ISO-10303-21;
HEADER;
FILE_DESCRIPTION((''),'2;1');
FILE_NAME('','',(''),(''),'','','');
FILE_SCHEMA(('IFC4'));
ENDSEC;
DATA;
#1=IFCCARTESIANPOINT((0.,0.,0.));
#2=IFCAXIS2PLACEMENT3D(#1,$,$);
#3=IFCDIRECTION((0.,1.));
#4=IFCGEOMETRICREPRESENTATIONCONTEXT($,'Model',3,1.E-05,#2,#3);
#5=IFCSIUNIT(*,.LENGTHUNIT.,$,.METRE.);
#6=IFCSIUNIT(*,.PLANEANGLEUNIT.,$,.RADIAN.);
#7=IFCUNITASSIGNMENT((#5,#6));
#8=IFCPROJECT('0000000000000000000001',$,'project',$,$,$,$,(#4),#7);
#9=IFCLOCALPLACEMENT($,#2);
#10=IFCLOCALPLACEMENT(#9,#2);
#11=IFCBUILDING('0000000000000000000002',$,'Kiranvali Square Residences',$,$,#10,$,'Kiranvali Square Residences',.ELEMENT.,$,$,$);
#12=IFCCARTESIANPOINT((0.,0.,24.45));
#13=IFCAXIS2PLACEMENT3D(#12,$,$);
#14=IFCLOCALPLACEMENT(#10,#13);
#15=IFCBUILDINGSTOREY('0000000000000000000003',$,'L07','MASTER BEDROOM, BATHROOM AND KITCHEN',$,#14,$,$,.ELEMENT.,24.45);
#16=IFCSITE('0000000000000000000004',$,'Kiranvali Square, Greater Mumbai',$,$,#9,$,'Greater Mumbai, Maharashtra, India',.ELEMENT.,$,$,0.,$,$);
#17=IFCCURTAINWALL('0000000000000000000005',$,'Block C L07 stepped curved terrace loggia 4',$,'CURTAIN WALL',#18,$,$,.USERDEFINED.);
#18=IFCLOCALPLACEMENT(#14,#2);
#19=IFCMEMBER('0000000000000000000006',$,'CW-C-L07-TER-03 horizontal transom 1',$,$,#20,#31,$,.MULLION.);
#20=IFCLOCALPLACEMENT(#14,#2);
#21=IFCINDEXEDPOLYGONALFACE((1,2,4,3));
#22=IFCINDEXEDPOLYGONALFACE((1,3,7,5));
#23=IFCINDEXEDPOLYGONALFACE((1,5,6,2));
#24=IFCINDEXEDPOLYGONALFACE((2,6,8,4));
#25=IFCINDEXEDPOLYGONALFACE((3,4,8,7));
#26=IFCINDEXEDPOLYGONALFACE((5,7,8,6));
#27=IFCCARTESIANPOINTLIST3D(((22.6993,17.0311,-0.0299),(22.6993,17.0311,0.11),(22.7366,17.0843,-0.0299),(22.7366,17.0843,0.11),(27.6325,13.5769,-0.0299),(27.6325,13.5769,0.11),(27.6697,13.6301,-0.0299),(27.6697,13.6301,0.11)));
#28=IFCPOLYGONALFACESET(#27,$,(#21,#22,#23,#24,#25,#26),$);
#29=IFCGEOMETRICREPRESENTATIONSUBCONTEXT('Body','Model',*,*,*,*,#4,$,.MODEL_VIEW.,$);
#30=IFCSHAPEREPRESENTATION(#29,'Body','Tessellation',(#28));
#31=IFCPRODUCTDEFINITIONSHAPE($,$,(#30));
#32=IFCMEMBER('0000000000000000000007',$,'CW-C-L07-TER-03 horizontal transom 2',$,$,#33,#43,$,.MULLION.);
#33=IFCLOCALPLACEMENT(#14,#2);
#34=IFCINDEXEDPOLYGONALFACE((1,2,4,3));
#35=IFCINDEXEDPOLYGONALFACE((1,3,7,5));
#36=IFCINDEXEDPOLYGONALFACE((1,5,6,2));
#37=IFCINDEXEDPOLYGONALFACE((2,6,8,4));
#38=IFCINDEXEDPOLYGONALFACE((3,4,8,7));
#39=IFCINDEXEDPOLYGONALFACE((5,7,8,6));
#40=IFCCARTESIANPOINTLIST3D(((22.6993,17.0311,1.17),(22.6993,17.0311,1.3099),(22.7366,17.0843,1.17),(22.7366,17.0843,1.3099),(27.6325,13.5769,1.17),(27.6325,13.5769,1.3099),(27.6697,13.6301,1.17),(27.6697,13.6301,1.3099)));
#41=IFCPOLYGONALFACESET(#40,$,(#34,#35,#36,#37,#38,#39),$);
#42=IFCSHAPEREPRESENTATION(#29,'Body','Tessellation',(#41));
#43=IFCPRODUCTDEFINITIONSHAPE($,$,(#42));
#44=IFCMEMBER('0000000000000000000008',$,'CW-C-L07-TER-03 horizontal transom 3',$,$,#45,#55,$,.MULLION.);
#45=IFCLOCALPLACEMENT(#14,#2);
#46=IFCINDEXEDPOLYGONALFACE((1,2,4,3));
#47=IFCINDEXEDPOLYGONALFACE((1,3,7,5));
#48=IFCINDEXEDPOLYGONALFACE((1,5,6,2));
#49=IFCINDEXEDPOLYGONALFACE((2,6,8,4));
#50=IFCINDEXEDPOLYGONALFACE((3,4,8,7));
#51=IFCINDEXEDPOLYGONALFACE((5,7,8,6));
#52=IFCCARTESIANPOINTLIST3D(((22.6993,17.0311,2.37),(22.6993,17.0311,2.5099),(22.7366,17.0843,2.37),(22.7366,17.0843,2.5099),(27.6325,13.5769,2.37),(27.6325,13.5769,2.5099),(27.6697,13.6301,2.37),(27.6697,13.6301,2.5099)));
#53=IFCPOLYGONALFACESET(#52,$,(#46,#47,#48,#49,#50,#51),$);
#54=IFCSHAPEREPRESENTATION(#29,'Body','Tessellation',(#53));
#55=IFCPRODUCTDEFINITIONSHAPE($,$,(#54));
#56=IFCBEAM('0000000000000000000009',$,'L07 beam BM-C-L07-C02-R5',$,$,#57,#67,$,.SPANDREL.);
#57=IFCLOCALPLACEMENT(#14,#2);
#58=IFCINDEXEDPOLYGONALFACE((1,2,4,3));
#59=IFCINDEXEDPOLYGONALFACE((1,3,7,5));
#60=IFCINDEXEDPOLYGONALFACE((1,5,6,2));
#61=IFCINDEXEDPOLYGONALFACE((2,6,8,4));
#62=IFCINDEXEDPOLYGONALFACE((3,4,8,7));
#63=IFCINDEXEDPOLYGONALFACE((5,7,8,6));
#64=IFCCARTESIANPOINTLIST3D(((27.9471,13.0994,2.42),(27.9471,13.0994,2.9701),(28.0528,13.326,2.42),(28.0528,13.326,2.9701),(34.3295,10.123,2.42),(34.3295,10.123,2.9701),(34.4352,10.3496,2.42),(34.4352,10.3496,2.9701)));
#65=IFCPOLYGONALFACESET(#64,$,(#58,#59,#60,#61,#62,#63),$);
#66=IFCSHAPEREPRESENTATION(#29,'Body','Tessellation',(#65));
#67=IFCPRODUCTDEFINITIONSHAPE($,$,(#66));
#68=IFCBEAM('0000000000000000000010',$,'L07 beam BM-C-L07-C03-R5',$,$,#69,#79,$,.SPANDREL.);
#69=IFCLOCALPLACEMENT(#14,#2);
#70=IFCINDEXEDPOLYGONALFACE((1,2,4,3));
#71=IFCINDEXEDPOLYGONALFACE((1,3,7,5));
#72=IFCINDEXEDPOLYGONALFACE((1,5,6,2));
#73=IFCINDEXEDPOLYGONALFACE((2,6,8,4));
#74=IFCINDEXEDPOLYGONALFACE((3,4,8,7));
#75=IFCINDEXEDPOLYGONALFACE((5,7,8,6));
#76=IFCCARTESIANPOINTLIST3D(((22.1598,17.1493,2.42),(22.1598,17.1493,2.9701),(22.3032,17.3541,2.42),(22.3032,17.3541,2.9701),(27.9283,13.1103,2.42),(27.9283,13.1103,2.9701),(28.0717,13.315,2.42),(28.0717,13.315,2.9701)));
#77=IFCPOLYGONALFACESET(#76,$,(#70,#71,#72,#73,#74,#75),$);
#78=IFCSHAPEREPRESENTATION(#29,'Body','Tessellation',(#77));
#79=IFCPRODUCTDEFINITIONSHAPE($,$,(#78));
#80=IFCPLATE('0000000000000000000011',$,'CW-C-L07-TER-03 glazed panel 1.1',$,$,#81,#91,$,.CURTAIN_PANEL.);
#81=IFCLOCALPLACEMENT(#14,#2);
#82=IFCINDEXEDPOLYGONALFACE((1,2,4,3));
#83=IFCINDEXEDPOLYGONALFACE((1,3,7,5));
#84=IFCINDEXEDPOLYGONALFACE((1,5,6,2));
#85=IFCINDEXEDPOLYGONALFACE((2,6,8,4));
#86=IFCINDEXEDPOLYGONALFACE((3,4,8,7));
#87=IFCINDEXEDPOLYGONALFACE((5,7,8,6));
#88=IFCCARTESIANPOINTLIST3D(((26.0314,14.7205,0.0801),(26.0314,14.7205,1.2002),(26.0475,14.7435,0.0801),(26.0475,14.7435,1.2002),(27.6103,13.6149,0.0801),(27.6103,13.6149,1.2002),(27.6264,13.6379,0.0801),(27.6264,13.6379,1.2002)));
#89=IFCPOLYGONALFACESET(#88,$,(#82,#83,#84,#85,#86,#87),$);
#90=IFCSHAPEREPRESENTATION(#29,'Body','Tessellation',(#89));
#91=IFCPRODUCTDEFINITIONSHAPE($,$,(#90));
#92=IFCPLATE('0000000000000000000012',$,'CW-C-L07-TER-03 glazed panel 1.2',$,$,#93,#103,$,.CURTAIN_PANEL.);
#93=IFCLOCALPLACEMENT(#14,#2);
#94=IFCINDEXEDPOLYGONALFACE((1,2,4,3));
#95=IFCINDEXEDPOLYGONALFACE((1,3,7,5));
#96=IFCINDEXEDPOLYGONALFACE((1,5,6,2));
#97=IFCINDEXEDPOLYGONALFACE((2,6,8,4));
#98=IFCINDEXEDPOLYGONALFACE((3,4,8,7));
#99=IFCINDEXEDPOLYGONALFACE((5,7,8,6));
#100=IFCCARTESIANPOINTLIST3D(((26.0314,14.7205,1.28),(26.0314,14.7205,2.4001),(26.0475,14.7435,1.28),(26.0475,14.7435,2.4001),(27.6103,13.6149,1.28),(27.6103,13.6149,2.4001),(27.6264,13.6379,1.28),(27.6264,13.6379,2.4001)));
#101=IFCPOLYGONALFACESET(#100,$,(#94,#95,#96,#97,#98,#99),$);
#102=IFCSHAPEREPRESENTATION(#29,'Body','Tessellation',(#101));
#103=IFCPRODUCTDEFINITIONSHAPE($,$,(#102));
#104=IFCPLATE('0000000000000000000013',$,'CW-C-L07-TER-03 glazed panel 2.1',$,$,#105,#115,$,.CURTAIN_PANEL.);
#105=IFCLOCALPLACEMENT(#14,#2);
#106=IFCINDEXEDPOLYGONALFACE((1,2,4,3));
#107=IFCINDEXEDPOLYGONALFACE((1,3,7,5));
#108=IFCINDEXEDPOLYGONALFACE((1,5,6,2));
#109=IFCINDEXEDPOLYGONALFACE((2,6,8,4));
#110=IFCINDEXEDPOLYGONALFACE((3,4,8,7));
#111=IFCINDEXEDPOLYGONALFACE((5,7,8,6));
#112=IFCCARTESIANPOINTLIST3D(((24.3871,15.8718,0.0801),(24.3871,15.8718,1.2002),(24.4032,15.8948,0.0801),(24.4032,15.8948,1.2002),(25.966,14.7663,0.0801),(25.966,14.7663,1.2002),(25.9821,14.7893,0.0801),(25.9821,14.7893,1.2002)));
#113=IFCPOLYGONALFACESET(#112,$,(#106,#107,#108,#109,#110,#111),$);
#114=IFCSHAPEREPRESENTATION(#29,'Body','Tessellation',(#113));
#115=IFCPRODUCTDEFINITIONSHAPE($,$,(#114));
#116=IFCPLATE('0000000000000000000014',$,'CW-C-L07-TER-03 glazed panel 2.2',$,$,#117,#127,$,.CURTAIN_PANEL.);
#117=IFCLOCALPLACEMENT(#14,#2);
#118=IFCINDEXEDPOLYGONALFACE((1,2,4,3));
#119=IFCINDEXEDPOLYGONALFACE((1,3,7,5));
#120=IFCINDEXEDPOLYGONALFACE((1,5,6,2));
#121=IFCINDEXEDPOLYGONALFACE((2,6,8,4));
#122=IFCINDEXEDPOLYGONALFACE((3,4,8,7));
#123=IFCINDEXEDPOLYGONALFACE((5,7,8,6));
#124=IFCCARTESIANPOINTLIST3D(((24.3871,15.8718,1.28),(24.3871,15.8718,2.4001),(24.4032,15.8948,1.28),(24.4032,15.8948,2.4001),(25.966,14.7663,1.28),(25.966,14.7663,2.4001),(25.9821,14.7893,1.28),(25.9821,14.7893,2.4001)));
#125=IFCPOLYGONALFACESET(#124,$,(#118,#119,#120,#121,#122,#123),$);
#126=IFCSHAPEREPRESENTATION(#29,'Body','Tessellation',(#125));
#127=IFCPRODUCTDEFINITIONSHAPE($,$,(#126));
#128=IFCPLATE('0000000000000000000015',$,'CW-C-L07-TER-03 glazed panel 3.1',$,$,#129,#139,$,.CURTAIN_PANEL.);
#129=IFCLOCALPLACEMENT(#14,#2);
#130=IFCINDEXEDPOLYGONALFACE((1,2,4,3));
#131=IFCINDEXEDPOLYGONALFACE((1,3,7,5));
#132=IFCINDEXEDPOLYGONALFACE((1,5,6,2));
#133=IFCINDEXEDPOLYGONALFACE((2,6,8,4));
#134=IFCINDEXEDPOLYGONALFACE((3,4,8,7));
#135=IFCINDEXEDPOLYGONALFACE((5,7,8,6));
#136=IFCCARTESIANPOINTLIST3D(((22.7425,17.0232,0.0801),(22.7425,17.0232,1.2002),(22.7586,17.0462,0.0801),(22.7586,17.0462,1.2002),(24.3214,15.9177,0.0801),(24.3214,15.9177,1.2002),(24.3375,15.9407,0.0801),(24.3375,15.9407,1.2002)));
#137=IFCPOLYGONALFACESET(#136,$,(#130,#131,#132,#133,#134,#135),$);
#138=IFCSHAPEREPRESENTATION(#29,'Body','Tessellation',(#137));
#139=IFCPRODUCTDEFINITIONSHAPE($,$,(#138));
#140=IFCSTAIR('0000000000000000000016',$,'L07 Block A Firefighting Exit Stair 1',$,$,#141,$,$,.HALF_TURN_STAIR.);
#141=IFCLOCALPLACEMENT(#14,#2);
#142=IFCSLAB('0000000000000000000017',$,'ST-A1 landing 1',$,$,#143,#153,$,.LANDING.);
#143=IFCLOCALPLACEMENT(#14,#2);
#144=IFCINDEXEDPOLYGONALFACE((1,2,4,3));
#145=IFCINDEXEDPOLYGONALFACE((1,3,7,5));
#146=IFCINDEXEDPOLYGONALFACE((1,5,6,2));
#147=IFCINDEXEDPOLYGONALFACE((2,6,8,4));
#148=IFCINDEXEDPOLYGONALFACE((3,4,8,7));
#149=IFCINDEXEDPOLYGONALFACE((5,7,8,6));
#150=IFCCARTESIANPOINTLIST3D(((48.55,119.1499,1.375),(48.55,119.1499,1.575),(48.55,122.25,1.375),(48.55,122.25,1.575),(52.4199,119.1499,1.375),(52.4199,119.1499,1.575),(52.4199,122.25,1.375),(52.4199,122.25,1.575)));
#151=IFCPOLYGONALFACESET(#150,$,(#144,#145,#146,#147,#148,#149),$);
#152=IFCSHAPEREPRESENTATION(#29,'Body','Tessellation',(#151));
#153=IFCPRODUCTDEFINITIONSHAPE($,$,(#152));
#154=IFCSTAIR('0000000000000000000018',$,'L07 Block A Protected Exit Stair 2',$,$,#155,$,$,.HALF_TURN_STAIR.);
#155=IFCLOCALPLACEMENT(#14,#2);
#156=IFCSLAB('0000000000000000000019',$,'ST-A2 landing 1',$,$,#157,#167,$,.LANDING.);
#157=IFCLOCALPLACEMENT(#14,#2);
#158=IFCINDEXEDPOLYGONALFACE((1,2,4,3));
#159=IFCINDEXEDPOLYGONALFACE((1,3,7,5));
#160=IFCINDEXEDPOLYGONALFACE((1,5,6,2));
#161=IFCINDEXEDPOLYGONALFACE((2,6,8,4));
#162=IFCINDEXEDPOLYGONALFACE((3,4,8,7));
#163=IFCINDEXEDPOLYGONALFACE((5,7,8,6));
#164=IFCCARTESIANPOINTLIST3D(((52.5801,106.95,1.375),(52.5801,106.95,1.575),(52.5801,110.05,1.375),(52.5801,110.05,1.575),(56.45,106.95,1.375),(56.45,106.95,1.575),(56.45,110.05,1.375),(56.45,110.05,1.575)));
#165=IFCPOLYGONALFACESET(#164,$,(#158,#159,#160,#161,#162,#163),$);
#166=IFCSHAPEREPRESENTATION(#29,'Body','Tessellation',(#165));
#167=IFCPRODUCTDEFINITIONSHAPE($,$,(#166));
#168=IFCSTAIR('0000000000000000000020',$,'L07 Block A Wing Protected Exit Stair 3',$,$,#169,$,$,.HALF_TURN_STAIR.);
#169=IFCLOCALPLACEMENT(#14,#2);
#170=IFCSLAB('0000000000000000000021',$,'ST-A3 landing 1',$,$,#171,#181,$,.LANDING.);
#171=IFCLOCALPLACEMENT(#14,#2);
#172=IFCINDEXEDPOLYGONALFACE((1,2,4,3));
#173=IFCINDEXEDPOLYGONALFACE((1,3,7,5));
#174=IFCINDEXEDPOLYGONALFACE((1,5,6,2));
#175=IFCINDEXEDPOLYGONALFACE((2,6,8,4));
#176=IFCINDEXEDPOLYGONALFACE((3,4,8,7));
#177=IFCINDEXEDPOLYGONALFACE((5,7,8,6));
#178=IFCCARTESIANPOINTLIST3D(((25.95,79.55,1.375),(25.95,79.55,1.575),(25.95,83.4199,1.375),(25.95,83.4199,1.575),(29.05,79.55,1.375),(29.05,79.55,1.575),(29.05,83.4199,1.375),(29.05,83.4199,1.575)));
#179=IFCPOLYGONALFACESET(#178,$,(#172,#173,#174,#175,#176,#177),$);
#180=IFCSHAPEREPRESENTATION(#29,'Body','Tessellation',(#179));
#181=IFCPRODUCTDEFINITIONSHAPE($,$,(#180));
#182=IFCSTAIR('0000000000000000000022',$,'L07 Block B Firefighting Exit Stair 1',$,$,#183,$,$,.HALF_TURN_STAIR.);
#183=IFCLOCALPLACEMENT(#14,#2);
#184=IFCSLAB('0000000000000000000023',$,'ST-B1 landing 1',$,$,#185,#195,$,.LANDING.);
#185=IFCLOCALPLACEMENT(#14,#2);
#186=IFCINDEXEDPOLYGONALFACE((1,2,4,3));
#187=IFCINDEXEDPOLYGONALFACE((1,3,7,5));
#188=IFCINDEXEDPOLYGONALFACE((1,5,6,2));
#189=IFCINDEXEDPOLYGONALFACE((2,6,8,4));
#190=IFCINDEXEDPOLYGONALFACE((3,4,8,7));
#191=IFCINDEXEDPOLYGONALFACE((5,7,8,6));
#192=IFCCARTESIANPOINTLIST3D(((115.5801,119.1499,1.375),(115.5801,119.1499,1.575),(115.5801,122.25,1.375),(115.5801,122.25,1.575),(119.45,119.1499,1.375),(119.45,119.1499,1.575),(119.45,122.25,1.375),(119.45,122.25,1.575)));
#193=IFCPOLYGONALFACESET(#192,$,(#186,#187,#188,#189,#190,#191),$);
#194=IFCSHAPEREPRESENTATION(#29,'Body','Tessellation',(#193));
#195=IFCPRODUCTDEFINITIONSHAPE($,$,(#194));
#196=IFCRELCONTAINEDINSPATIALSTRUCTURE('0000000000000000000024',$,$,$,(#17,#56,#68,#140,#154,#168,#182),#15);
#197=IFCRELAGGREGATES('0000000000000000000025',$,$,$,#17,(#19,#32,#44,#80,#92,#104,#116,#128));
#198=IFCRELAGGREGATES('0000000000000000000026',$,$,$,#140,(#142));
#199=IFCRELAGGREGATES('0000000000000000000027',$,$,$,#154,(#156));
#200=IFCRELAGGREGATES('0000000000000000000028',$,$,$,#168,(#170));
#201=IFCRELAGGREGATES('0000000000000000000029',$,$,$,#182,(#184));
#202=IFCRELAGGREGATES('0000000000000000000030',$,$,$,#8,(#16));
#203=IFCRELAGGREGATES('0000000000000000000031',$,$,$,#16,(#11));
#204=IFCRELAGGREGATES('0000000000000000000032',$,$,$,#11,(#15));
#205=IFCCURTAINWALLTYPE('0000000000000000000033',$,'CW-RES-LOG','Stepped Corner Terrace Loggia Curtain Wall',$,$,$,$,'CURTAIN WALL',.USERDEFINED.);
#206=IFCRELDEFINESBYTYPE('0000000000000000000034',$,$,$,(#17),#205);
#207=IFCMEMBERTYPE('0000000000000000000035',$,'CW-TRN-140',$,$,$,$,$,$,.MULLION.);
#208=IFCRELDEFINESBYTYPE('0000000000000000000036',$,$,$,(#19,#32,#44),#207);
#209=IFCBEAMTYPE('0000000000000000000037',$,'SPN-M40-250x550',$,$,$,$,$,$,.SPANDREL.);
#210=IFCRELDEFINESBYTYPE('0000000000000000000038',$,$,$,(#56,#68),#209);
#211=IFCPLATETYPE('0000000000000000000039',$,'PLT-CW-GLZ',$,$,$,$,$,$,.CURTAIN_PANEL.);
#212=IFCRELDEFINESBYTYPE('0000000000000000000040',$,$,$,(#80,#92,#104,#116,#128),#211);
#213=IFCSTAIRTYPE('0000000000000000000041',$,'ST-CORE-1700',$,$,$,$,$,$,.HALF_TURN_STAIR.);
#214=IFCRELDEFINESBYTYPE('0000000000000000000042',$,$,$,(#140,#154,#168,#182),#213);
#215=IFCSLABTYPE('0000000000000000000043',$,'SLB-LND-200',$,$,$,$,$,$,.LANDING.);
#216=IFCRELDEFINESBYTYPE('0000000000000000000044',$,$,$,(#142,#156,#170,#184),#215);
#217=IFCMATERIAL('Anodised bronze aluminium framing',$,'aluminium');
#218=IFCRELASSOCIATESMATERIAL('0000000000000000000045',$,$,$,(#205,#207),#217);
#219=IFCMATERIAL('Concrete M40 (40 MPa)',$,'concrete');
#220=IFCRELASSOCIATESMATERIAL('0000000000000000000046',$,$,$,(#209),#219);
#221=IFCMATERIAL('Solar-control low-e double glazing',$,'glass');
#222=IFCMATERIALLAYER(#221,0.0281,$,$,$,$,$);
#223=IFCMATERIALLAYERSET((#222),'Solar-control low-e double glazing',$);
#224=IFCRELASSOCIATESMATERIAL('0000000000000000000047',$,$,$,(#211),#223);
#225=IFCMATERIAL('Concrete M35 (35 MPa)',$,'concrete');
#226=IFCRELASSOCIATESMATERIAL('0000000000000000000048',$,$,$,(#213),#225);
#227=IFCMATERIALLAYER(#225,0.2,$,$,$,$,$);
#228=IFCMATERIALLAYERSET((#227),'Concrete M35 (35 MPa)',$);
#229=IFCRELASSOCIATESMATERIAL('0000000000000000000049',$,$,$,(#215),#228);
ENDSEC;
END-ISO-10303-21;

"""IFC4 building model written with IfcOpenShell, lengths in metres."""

from ifc_helpers import new_model, si_unit, direction, frame, origin, origin_2d, place, context, subcontext, project, spatial, polyline, rectangle, outline, extrude, material, layer, layer_set, material_profile, profile_set, type_object, element, aggregate, save


model = new_model("IFC4")

# Units and contexts
model_context = context("Model", 3, precision=1e-05, world=origin(), true_north=direction((0.0, 1.0)))
body_context = subcontext(model_context, "Body", "Model", "MODEL_VIEW")
ifc_project = project(units=[si_unit("LENGTHUNIT", "METRE"), si_unit("PLANEANGLEUNIT", "RADIAN")], contexts=[model_context])

# Site, building, storey
site_placement = place(None, origin())
site = spatial("IfcSite", under=ifc_project, at=site_placement, Name="Kiranvali Square, Greater Mumbai", LongName="Greater Mumbai, Maharashtra, India", CompositionType="ELEMENT", RefElevation=0.0)
building_placement = place(site_placement, origin())
building = spatial("IfcBuilding", under=site, at=building_placement, Name="Kiranvali Square Residences", LongName="Kiranvali Square Residences", CompositionType="ELEMENT")
storey_placement = place(building_placement, frame((0.0, 0.0, 24.45)))
storey = spatial("IfcBuildingStorey", under=building, at=storey_placement, Name="L07", Description="MASTER BEDROOM, BATHROOM AND KITCHEN", CompositionType="ELEMENT", Elevation=24.45)

# Shared definitions
ifc_material_1 = material(Name="Concrete M40 (40 MPa)", Category="concrete")

# Curtain wall, members
ifc_material_2 = material(Name="Anodised bronze aluminium framing", Category="aluminium")
curtain_wall_type = type_object("IfcCurtainWallType", Name="CW-RES-LOG", Description="Stepped Corner Terrace Loggia Curtain Wall", ElementType="CURTAIN WALL", PredefinedType="USERDEFINED", material=ifc_material_2)
curtain_wall_placement = place(storey_placement, origin())
curtain_wall = element("IfcCurtainWall", 1, at=curtain_wall_placement, inside=storey, type_object=curtain_wall_type, Name="Block C L07 stepped curved terrace loggia 4", ObjectType="CURTAIN WALL", PredefinedType="USERDEFINED")
ifc_material_profile_1 = material_profile(ifc_material_2, rectangle(XDim=0.0649, YDim=0.1399, at=origin_2d()), Name="ALU 65x140")
ifc_profile_set_1 = profile_set([ifc_material_profile_1], Name="Anodised bronze aluminium framing")
member_type_1 = type_object("IfcMemberType", Name="CW-TRN-140", PredefinedType="MULLION", material=ifc_profile_set_1)
member_1_placement = place(storey_placement, frame((27.6511, 13.6035, 0.04), z_axis=(-0.81916, 0.573566, 0.0), x_axis=(-0.573566, -0.81916, 0.0)))
member_1 = element("IfcMember", 2, at=member_1_placement, type_object=member_type_1, Name="CW-C-L07-TER-03 horizontal transom 1", PredefinedType="MULLION", context=body_context, shape_type="SweptSolid", body=[
    extrude(rectangle(XDim=0.0649, YDim=0.1399, at=origin_2d()), origin(), (0.0, 0.0, 1.0), 6.0222),
])
member_2_placement = place(storey_placement, frame((27.6511, 13.6035, 1.24), z_axis=(-0.81916, 0.573566, 0.0), x_axis=(-0.573566, -0.81916, 0.0)))
member_2 = element("IfcMember", 3, at=member_2_placement, type_object=member_type_1, Name="CW-C-L07-TER-03 horizontal transom 2", PredefinedType="MULLION", context=body_context, shape_type="SweptSolid", body=[
    extrude(rectangle(XDim=0.0649, YDim=0.1399, at=origin_2d()), origin(), (0.0, 0.0, 1.0), 6.0222),
])
member_3_placement = place(storey_placement, frame((27.6511, 13.6035, 2.4399), z_axis=(-0.81916, 0.573566, 0.0), x_axis=(-0.573566, -0.81916, 0.0)))
member_3 = element("IfcMember", 4, at=member_3_placement, type_object=member_type_1, Name="CW-C-L07-TER-03 horizontal transom 3", PredefinedType="MULLION", context=body_context, shape_type="SweptSolid", body=[
    extrude(rectangle(XDim=0.0649, YDim=0.1399, at=origin_2d()), origin(), (0.0, 0.0, 1.0), 6.0222),
])

# Beams
ifc_material_profile_2 = material_profile(ifc_material_1, rectangle(XDim=0.25, YDim=0.55, at=origin_2d()), Name="RC 250x550")
ifc_profile_set_2 = profile_set([ifc_material_profile_2], Name="Concrete M40 (40 MPa)")
beam_type_1 = type_object("IfcBeamType", Name="SPN-M40-250x550", PredefinedType="SPANDREL", material=ifc_profile_set_2)
beam_1_placement = place(storey_placement, frame((34.3823, 10.2363, 2.6951), z_axis=(-0.906297, 0.422641, 0.0), x_axis=(-0.422641, -0.906297, 0.0)))
element("IfcBeam", 5, at=beam_1_placement, inside=storey, type_object=beam_type_1, Name="L07 beam BM-C-L07-C02-R5", PredefinedType="SPANDREL", context=body_context, shape_type="SweptSolid", body=[
    extrude(rectangle(XDim=0.25, YDim=0.55, at=origin_2d()), origin(), (0.0, 0.0, 1.0), 7.0422),
])
beam_2_placement = place(storey_placement, frame((28.0, 13.2126, 2.6951), z_axis=(-0.81916, 0.573565, 0.0), x_axis=(-0.573565, -0.81916, 0.0)))
element("IfcBeam", 6, at=beam_2_placement, inside=storey, type_object=beam_type_1, Name="L07 beam BM-C-L07-C03-R5", PredefinedType="SPANDREL", context=body_context, shape_type="SweptSolid", body=[
    extrude(rectangle(XDim=0.25, YDim=0.55, at=origin_2d()), origin(), (0.0, 0.0, 1.0), 7.042),
])

# Plates
ifc_material_3 = material(Name="Solar-control low-e double glazing", Category="glass")
ifc_layer_1 = layer(ifc_material_3, 0.0281)
ifc_layer_set_1 = layer_set([ifc_layer_1], Name="Solar-control low-e double glazing")
plate_type = type_object("IfcPlateType", Name="PLT-CW-GLZ", PredefinedType="CURTAIN_PANEL", material=ifc_layer_set_1)
plate_1_placement = place(storey_placement, frame((26.8289, 14.1792, 0.0801), z_axis=(0.0, 0.0, 1.0), x_axis=(-0.819152, 0.573576, 0.0)))
plate_1 = element("IfcPlate", 7, at=plate_1_placement, type_object=plate_type, Name="CW-C-L07-TER-03 glazed panel 1.1", PredefinedType="CURTAIN_PANEL", context=body_context, shape_type="SweptSolid", body=[
    extrude(rectangle(XDim=1.9275, YDim=0.0281, at=origin_2d()), origin(), (0.0, 0.0, 1.0), 1.1201),
])
plate_2_placement = place(storey_placement, frame((26.8289, 14.1792, 1.28), z_axis=(0.0, 0.0, 1.0), x_axis=(-0.819152, 0.573576, 0.0)))
plate_2 = element("IfcPlate", 8, at=plate_2_placement, type_object=plate_type, Name="CW-C-L07-TER-03 glazed panel 1.2", PredefinedType="CURTAIN_PANEL", context=body_context, shape_type="SweptSolid", body=[
    extrude(rectangle(XDim=1.9275, YDim=0.0281, at=origin_2d()), origin(), (0.0, 0.0, 1.0), 1.1201),
])
plate_3_placement = place(storey_placement, frame((25.1846, 15.3306, 0.0801), z_axis=(0.0, 0.0, 1.0), x_axis=(-0.819152, 0.573576, 0.0)))
plate_3 = element("IfcPlate", 9, at=plate_3_placement, type_object=plate_type, Name="CW-C-L07-TER-03 glazed panel 2.1", PredefinedType="CURTAIN_PANEL", context=body_context, shape_type="SweptSolid", body=[
    extrude(rectangle(XDim=1.9275, YDim=0.0281, at=origin_2d()), origin(), (0.0, 0.0, 1.0), 1.1201),
])
plate_4_placement = place(storey_placement, frame((25.1846, 15.3306, 1.28), z_axis=(0.0, 0.0, 1.0), x_axis=(-0.819152, 0.573576, 0.0)))
plate_4 = element("IfcPlate", 10, at=plate_4_placement, type_object=plate_type, Name="CW-C-L07-TER-03 glazed panel 2.2", PredefinedType="CURTAIN_PANEL", context=body_context, shape_type="SweptSolid", body=[
    extrude(rectangle(XDim=1.9275, YDim=0.0281, at=origin_2d()), origin(), (0.0, 0.0, 1.0), 1.1201),
])
plate_5_placement = place(storey_placement, frame((23.54, 16.4819, 0.0801), z_axis=(0.0, 0.0, 1.0), x_axis=(-0.819152, 0.573576, 0.0)))
plate_5 = element("IfcPlate", 11, at=plate_5_placement, type_object=plate_type, Name="CW-C-L07-TER-03 glazed panel 3.1", PredefinedType="CURTAIN_PANEL", context=body_context, shape_type="SweptSolid", body=[
    extrude(rectangle(XDim=1.9275, YDim=0.0281, at=origin_2d()), origin(), (0.0, 0.0, 1.0), 1.1201),
])
aggregate(curtain_wall, [member_1, member_2, member_3, plate_1, plate_2, plate_3, plate_4, plate_5])

# Stairs, slabs
ifc_material_4 = material(Name="Concrete M35 (35 MPa)", Category="concrete")
stair_type = type_object("IfcStairType", Name="ST-CORE-1700", PredefinedType="HALF_TURN_STAIR", material=ifc_material_4)
stair_1_placement = place(storey_placement, origin())
stair_1 = element("IfcStair", 12, at=stair_1_placement, inside=storey, type_object=stair_type, Name="L07 Block A Firefighting Exit Stair 1", PredefinedType="HALF_TURN_STAIR")
ifc_layer_2 = layer(ifc_material_4, 0.2)
ifc_layer_set_2 = layer_set([ifc_layer_2], Name="Concrete M35 (35 MPa)")
slab_type = type_object("IfcSlabType", Name="SLB-LND-200", PredefinedType="LANDING", material=ifc_layer_set_2)
slab_1_placement = place(storey_placement, frame((0.0, 0.0, 1.375)))
slab_1 = element("IfcSlab", 13, at=slab_1_placement, type_object=slab_type, Name="ST-A1 landing 1", PredefinedType="LANDING", context=body_context, shape_type="SweptSolid", body=[
    extrude(outline(polyline([(52.4199, 122.25), (48.55, 122.25), (48.55, 119.1499), (52.4199, 119.1499), (52.4199, 122.25)])), origin(), (0.0, 0.0, 1.0), 0.2),
])
aggregate(stair_1, [slab_1])
stair_2_placement = place(storey_placement, origin())
stair_2 = element("IfcStair", 14, at=stair_2_placement, inside=storey, type_object=stair_type, Name="L07 Block A Protected Exit Stair 2", PredefinedType="HALF_TURN_STAIR")
slab_2_placement = place(storey_placement, frame((0.0, 0.0, 1.375)))
slab_2 = element("IfcSlab", 15, at=slab_2_placement, type_object=slab_type, Name="ST-A2 landing 1", PredefinedType="LANDING", context=body_context, shape_type="SweptSolid", body=[
    extrude(outline(polyline([(52.5801, 106.95), (56.45, 106.95), (56.45, 110.05), (52.5801, 110.05), (52.5801, 106.95)])), origin(), (0.0, 0.0, 1.0), 0.2),
])
aggregate(stair_2, [slab_2])
stair_3_placement = place(storey_placement, origin())
stair_3 = element("IfcStair", 16, at=stair_3_placement, inside=storey, type_object=stair_type, Name="L07 Block A Wing Protected Exit Stair 3", PredefinedType="HALF_TURN_STAIR")
slab_3_placement = place(storey_placement, frame((0.0, 0.0, 1.375)))
slab_3 = element("IfcSlab", 17, at=slab_3_placement, type_object=slab_type, Name="ST-A3 landing 1", PredefinedType="LANDING", context=body_context, shape_type="SweptSolid", body=[
    extrude(outline(polyline([(25.95, 83.4199), (25.95, 79.55), (29.05, 79.55), (29.05, 83.4199), (25.95, 83.4199)])), origin(), (0.0, 0.0, 1.0), 0.2),
])
aggregate(stair_3, [slab_3])
stair_4_placement = place(storey_placement, origin())
stair_4 = element("IfcStair", 18, at=stair_4_placement, inside=storey, type_object=stair_type, Name="L07 Block B Firefighting Exit Stair 1", PredefinedType="HALF_TURN_STAIR")
slab_4_placement = place(storey_placement, frame((0.0, 0.0, 1.375)))
slab_4 = element("IfcSlab", 19, at=slab_4_placement, type_object=slab_type, Name="ST-B1 landing 1", PredefinedType="LANDING", context=body_context, shape_type="SweptSolid", body=[
    extrude(outline(polyline([(115.5801, 119.1499), (119.45, 119.1499), (119.45, 122.25), (115.5801, 122.25), (115.5801, 119.1499)])), origin(), (0.0, 0.0, 1.0), 0.2),
])
aggregate(stair_4, [slab_4])

save(model, "model.ifc")
